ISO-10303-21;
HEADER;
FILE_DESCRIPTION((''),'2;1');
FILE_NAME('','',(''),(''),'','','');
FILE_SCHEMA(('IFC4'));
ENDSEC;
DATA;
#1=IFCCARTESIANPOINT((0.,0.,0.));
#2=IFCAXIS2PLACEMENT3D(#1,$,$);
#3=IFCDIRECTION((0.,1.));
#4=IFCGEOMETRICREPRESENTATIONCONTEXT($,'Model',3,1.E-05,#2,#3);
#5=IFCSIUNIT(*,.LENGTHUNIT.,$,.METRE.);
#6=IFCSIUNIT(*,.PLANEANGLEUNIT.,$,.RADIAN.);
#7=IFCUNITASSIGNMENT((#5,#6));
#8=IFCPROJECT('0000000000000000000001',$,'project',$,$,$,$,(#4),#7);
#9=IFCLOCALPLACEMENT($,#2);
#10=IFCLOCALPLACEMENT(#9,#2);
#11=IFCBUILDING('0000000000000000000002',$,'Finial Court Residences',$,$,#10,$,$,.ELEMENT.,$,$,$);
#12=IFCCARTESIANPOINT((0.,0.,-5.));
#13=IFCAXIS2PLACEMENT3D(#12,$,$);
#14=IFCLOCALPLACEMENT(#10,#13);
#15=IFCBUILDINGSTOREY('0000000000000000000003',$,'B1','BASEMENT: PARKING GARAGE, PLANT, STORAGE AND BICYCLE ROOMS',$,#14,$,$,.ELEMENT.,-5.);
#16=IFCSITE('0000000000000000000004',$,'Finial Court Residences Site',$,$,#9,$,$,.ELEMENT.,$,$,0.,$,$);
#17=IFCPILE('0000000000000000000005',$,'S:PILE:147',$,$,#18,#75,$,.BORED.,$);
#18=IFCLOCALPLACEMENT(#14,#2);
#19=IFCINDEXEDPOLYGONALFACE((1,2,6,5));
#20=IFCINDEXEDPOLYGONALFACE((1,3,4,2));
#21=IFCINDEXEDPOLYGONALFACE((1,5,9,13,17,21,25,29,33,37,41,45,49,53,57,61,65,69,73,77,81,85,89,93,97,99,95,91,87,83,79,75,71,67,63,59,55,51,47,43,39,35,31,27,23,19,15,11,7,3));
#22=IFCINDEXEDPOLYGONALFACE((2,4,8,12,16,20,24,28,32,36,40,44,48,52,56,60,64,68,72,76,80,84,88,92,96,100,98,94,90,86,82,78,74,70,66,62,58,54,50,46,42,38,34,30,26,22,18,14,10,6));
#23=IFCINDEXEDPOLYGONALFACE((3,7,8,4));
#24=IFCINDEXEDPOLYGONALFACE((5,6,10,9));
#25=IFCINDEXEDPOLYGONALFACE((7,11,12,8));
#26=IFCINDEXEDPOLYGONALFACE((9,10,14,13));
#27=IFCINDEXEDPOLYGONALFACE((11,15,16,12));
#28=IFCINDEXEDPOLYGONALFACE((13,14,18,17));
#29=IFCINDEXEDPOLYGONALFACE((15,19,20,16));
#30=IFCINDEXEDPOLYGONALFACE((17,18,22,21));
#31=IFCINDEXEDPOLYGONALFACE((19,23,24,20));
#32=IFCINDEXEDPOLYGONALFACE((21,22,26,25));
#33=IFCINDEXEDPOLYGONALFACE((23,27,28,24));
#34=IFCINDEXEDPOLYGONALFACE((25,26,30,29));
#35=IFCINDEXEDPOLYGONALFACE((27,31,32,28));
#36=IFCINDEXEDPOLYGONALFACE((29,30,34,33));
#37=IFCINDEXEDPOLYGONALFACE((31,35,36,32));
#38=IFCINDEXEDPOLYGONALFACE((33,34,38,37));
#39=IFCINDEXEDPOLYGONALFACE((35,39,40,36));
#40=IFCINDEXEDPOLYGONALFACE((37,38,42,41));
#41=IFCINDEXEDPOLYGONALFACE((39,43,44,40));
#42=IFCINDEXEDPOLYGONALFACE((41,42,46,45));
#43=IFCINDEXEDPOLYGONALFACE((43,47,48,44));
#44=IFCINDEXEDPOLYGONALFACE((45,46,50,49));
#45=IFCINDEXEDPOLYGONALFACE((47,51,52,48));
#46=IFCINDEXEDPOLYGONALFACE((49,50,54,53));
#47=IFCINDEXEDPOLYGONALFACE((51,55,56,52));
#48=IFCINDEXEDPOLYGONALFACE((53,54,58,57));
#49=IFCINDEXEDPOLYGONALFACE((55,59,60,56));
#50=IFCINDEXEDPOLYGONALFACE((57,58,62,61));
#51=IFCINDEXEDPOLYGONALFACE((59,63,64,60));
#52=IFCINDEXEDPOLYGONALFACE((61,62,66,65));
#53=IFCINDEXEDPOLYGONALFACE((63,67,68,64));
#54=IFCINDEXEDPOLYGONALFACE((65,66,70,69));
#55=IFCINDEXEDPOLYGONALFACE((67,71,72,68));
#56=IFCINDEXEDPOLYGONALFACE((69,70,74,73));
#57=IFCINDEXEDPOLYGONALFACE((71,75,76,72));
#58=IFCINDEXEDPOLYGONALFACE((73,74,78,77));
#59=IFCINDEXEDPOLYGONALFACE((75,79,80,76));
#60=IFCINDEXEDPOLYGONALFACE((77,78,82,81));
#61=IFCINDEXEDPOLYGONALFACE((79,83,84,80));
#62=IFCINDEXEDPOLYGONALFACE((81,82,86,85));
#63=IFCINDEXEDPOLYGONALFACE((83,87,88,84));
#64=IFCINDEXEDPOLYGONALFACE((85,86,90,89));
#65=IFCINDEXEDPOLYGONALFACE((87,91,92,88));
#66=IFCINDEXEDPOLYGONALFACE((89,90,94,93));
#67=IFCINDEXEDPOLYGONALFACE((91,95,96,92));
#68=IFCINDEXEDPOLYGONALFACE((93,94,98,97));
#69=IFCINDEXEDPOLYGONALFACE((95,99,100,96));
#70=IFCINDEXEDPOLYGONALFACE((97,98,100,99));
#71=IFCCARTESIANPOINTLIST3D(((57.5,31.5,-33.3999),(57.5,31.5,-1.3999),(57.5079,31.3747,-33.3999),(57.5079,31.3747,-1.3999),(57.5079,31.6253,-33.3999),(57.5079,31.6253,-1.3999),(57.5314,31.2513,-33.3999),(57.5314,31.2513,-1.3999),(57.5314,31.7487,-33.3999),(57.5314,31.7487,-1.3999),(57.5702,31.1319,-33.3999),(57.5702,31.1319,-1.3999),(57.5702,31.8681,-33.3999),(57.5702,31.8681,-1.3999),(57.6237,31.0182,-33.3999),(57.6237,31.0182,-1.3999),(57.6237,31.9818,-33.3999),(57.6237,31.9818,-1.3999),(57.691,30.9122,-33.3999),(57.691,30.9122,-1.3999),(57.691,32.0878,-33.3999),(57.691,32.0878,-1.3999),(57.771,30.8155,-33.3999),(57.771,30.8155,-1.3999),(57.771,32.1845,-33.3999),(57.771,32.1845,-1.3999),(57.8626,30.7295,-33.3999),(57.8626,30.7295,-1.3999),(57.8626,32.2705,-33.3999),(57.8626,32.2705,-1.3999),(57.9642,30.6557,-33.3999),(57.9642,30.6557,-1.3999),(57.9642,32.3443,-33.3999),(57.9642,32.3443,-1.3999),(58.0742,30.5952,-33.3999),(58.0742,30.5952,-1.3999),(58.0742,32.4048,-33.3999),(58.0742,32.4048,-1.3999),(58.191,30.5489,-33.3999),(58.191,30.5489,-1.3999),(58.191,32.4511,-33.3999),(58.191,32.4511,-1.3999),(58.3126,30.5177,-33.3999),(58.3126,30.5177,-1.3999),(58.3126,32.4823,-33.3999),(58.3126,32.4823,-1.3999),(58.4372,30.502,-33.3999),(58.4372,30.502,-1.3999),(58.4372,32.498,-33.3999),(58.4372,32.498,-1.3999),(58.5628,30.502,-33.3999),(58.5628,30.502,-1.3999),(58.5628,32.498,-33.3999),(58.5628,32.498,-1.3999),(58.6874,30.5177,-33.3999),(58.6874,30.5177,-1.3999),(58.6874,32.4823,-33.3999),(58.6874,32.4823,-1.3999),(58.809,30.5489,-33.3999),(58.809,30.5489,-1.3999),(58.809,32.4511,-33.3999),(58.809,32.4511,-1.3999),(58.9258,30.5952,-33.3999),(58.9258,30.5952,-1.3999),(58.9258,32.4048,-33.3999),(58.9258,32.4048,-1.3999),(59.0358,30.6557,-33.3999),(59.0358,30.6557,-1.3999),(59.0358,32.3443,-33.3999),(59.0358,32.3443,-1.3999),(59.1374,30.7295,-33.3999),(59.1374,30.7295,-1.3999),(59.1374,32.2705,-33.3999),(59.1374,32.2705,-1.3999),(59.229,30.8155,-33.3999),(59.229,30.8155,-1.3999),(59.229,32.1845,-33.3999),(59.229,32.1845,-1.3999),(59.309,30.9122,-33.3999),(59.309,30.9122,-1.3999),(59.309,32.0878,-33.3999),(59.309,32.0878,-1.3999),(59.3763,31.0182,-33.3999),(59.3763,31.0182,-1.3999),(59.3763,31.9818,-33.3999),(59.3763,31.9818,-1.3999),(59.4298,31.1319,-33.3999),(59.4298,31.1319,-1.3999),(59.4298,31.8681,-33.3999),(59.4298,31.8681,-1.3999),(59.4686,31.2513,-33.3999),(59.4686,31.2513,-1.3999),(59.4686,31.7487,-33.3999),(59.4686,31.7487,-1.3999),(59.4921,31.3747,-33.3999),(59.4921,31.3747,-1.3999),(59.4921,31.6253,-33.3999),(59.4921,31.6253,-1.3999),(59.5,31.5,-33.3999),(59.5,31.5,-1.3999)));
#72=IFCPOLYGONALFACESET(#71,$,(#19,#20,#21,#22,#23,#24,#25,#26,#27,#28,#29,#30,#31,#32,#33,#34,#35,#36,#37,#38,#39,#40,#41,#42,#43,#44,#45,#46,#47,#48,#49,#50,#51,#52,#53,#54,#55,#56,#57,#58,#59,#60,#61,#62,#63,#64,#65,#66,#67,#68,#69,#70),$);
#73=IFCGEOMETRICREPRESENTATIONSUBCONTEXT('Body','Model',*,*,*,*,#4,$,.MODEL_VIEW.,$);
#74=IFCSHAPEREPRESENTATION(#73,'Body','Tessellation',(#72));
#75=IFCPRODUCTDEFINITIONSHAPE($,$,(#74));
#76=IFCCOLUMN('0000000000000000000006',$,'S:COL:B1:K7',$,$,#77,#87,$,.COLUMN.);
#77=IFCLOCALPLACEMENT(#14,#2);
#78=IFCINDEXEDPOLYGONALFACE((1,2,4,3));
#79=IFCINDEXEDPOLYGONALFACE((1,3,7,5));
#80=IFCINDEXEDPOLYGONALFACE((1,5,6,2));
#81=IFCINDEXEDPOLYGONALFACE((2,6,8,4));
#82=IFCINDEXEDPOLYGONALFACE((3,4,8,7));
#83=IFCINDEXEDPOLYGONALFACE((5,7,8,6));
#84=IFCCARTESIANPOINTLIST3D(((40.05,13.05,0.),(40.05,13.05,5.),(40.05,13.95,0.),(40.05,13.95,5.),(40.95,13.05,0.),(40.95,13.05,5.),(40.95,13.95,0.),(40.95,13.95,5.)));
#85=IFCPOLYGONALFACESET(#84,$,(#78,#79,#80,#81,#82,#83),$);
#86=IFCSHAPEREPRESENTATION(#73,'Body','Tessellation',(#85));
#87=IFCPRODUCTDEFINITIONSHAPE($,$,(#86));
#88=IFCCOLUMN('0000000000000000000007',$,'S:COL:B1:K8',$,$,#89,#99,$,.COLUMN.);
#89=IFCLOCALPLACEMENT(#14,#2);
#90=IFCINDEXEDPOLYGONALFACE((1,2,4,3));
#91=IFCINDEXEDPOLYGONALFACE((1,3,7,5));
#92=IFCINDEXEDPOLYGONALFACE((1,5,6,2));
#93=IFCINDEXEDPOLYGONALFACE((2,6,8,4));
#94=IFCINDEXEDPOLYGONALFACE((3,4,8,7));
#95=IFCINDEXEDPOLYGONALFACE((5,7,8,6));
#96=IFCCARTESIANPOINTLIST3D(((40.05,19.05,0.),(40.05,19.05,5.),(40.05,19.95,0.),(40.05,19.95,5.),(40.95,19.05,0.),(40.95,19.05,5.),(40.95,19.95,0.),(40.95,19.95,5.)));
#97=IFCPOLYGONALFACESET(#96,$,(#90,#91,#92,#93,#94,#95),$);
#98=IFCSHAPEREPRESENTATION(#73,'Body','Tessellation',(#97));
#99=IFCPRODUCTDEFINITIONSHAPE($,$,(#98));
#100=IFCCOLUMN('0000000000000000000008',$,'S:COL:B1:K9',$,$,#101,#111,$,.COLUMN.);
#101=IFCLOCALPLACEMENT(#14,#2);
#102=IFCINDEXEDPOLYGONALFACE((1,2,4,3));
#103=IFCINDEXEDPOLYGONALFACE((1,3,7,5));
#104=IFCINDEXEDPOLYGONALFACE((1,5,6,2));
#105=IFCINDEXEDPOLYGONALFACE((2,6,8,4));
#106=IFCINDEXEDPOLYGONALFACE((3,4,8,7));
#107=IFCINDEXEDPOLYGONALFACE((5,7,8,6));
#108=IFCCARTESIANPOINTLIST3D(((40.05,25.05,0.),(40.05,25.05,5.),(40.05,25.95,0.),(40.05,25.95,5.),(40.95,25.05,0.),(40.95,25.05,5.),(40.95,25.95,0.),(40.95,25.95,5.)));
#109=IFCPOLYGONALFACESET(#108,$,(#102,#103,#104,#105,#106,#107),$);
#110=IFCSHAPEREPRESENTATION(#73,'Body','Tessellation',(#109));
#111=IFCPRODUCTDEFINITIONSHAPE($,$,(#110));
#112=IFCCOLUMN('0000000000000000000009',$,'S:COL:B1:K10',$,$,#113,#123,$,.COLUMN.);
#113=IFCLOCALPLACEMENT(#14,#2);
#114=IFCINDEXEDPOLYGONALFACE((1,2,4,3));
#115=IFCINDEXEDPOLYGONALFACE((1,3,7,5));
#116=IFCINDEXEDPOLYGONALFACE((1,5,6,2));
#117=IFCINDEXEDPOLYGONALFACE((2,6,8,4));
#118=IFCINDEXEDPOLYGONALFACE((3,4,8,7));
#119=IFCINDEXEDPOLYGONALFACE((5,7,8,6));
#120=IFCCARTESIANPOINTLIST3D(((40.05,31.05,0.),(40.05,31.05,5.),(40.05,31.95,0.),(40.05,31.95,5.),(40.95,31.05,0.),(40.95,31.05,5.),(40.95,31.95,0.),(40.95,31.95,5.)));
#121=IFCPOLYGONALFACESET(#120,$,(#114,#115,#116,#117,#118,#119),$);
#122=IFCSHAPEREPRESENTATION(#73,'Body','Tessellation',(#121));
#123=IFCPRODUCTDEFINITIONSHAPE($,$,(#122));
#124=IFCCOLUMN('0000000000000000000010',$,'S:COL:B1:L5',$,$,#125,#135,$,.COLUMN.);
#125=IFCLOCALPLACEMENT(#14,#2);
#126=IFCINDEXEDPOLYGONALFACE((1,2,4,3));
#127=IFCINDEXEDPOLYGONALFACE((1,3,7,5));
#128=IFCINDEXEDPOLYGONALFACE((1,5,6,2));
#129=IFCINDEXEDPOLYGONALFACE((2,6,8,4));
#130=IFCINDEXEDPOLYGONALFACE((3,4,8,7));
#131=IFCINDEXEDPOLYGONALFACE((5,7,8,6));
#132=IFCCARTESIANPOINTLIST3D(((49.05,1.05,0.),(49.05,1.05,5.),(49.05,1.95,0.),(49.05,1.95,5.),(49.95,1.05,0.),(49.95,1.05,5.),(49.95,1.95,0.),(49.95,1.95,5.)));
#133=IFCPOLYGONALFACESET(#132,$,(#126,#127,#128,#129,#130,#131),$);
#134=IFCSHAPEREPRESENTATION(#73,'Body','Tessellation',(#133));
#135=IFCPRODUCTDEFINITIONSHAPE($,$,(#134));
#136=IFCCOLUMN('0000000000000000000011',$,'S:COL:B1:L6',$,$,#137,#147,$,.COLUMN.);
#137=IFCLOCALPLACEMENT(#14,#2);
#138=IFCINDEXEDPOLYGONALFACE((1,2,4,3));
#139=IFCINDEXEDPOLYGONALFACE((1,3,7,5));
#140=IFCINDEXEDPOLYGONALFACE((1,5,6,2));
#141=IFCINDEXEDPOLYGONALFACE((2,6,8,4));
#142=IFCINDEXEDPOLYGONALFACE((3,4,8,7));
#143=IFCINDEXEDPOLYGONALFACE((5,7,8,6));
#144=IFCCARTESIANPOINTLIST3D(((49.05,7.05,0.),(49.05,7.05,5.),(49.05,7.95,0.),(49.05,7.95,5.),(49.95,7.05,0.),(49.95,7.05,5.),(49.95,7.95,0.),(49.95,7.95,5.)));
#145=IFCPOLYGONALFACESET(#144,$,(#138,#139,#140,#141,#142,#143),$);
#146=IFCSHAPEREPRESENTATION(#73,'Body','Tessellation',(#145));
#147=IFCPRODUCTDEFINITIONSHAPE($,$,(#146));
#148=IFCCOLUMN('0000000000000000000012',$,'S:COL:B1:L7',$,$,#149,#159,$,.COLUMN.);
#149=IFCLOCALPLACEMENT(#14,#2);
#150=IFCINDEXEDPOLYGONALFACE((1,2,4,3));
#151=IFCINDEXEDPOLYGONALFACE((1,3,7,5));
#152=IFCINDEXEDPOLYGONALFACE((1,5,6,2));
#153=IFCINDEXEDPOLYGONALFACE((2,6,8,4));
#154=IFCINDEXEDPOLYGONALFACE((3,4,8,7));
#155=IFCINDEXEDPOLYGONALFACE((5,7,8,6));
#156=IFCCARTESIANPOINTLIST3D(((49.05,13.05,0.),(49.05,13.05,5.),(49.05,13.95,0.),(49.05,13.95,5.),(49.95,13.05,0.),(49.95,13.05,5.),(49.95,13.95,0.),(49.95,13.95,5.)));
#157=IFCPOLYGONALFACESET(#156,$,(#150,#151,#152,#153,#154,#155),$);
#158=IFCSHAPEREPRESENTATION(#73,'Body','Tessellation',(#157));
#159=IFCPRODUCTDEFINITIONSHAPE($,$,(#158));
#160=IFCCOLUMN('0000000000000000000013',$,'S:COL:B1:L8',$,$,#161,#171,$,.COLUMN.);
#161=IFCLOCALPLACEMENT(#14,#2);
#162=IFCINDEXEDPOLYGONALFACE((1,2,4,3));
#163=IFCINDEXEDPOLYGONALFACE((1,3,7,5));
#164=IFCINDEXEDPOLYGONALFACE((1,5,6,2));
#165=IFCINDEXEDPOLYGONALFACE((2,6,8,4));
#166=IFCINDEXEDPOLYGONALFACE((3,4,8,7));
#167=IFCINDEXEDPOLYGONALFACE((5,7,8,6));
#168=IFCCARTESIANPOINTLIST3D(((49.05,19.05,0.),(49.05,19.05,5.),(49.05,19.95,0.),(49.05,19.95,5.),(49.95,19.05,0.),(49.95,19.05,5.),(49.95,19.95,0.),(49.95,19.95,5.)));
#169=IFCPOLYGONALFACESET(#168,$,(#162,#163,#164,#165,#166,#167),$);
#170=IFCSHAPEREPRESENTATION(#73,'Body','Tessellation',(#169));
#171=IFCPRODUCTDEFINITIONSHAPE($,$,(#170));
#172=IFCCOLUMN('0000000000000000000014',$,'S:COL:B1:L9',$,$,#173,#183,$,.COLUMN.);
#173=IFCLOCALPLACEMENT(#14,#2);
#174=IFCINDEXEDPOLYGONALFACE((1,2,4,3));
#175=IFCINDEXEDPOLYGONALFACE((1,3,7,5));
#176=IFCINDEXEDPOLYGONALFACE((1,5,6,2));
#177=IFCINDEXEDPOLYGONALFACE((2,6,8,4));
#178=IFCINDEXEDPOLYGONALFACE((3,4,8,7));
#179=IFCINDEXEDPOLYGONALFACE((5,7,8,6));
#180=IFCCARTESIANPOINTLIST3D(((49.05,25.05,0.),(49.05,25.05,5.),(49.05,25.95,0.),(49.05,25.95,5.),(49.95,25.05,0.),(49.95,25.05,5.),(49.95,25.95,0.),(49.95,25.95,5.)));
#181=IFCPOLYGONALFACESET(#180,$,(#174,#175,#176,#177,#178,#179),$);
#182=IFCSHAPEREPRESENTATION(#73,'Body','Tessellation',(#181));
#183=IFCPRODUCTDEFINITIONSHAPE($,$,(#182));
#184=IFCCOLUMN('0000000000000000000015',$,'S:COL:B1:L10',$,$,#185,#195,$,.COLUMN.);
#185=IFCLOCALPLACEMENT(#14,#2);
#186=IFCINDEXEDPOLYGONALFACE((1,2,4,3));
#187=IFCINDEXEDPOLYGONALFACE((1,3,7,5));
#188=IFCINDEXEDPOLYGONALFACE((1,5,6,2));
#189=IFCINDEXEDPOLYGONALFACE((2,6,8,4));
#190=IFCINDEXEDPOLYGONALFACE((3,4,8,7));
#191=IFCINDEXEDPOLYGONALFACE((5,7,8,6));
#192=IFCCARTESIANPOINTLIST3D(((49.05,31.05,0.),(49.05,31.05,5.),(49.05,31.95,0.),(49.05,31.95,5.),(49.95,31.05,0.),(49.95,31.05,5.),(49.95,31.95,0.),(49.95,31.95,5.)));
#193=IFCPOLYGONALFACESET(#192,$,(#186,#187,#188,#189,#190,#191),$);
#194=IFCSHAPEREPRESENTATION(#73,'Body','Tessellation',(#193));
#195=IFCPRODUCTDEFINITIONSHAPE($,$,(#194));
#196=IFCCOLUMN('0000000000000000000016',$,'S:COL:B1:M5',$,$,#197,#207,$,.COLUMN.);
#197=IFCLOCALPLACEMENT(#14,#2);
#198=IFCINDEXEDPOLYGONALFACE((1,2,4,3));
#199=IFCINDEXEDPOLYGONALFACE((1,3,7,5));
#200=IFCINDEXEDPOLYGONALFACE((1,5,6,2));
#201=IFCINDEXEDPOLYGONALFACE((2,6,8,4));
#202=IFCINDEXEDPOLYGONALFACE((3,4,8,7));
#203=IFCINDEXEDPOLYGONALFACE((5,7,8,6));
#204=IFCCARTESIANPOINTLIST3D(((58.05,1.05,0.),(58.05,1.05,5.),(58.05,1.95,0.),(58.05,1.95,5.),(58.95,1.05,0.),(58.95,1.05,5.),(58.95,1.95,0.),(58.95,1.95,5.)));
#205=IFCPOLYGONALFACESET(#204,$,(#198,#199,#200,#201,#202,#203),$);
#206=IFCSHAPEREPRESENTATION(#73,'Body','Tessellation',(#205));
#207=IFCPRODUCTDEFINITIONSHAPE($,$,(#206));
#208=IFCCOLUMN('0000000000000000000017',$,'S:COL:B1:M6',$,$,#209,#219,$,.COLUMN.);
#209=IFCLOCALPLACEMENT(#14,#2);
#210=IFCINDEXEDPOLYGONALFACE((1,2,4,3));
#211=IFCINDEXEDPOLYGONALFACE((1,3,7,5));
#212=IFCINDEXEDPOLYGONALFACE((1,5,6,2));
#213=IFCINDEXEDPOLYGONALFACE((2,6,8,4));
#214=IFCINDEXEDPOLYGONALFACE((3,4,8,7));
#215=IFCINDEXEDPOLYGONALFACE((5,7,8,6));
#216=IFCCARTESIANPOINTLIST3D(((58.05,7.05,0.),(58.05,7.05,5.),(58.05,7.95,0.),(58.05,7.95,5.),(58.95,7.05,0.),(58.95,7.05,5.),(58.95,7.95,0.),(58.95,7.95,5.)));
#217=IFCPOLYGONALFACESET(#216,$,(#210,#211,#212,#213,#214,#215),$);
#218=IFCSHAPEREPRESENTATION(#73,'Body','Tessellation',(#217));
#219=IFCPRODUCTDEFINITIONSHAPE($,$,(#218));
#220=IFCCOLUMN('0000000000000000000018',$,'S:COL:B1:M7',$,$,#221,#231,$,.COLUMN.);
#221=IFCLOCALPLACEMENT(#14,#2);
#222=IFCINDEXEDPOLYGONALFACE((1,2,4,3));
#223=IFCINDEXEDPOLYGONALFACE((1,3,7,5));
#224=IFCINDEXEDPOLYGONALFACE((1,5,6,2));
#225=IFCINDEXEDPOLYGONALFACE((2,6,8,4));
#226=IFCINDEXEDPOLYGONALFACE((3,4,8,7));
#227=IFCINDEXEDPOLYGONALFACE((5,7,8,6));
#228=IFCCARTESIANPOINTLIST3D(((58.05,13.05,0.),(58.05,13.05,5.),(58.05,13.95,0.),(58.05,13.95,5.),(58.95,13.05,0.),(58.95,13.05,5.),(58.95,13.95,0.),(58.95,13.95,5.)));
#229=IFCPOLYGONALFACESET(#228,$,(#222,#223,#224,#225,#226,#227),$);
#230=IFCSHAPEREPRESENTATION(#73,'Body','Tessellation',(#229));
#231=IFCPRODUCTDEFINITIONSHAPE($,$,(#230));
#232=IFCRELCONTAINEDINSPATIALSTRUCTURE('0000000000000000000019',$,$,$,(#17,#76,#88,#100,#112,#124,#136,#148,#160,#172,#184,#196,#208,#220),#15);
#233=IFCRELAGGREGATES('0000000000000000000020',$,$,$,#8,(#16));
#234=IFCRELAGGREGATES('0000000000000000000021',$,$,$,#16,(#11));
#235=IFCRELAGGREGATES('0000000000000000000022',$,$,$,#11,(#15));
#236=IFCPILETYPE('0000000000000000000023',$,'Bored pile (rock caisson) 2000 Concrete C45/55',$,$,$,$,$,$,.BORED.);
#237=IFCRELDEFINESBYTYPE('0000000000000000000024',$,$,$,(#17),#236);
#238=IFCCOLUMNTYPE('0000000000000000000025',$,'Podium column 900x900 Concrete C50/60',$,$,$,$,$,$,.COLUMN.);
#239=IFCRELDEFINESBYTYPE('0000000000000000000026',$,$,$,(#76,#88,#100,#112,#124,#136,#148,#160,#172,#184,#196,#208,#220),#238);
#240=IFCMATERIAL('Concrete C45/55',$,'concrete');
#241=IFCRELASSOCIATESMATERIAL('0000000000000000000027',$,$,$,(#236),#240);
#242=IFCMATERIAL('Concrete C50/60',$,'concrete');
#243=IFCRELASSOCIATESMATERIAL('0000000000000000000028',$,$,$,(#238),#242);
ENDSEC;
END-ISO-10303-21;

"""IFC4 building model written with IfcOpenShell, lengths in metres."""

from ifc_helpers import new_model, si_unit, direction, frame, origin, origin_2d, place, context, subcontext, project, spatial, rectangle, circle, extrude, material, material_profile, profile_set, type_object, element, save


model = new_model("IFC4")

# Units and contexts
model_context = context("Model", 3, precision=1e-05, world=origin(), true_north=direction((0.0, 1.0)))
body_context = subcontext(model_context, "Body", "Model", "MODEL_VIEW")
ifc_project = project(units=[si_unit("LENGTHUNIT", "METRE"), si_unit("PLANEANGLEUNIT", "RADIAN")], contexts=[model_context])

# Site, building, storey
site_placement = place(None, origin())
site = spatial("IfcSite", under=ifc_project, at=site_placement, Name="Finial Court Residences Site", CompositionType="ELEMENT", RefElevation=0.0)
building_placement = place(site_placement, origin())
building = spatial("IfcBuilding", under=site, at=building_placement, Name="Finial Court Residences", CompositionType="ELEMENT")
storey_placement = place(building_placement, frame((0.0, 0.0, -5.0)))
storey = spatial("IfcBuildingStorey", under=building, at=storey_placement, Name="B1", Description="BASEMENT: PARKING GARAGE, PLANT, STORAGE AND BICYCLE ROOMS", CompositionType="ELEMENT", Elevation=-5.0)

# Pile
ifc_material_1 = material(Name="Concrete C45/55", Category="concrete")
ifc_material_profile_1 = material_profile(ifc_material_1, circle(Radius=1.0, at=origin_2d()), Name="D2000")
ifc_profile_set_1 = profile_set([ifc_material_profile_1], Name="Concrete C45/55")
pile_type = type_object("IfcPileType", Name="Bored pile (rock caisson) 2000 Concrete C45/55", PredefinedType="BORED", material=ifc_profile_set_1)
for number, where, z_axis, x_axis, name in (
    (1, (58.5, 31.5, -1.3999), (0.0, 0.0, -1.0), (1.0, 0.0, 0.0), "S:PILE:147"),
):
    element("IfcPile", number, at=place(storey_placement, frame(where, z_axis=z_axis, x_axis=x_axis)), inside=storey, type_object=pile_type, Name=name, PredefinedType="BORED", context=body_context, shape_type="SweptSolid", body=[
        extrude(circle(Radius=1.0, at=origin_2d()), origin(), (0.0, 0.0, 1.0), 32.0),
    ])

# Columns
ifc_material_2 = material(Name="Concrete C50/60", Category="concrete")
ifc_material_profile_2 = material_profile(ifc_material_2, rectangle(XDim=0.8999, YDim=0.8999, at=origin_2d()), Name="900x900")
ifc_profile_set_2 = profile_set([ifc_material_profile_2], Name="Concrete C50/60")
column_type = type_object("IfcColumnType", Name="Podium column 900x900 Concrete C50/60", PredefinedType="COLUMN", material=ifc_profile_set_2)
for number, where, z_axis, x_axis, name in (
    (2, (40.5, 13.5, 0.0), (0.0, 0.0, 1.0), (1.0, 0.0, 0.0), "S:COL:B1:K7"),
    (3, (40.5, 19.5, 0.0), (0.0, 0.0, 1.0), (1.0, 0.0, 0.0), "S:COL:B1:K8"),
    (4, (40.5, 25.5, 0.0), (0.0, 0.0, 1.0), (1.0, 0.0, 0.0), "S:COL:B1:K9"),
    (5, (40.5, 31.5, 0.0), (0.0, 0.0, 1.0), (1.0, 0.0, 0.0), "S:COL:B1:K10"),
    (6, (49.5, 1.5, 0.0), (0.0, 0.0, 1.0), (1.0, 0.0, 0.0), "S:COL:B1:L5"),
    (7, (49.5, 7.5, 0.0), (0.0, 0.0, 1.0), (1.0, 0.0, 0.0), "S:COL:B1:L6"),
    (8, (49.5, 13.5, 0.0), (0.0, 0.0, 1.0), (1.0, 0.0, 0.0), "S:COL:B1:L7"),
    (9, (49.5, 19.5, 0.0), (0.0, 0.0, 1.0), (1.0, 0.0, 0.0), "S:COL:B1:L8"),
    (10, (49.5, 25.5, 0.0), (0.0, 0.0, 1.0), (1.0, 0.0, 0.0), "S:COL:B1:L9"),
    (11, (49.5, 31.5, 0.0), (0.0, 0.0, 1.0), (1.0, 0.0, 0.0), "S:COL:B1:L10"),
    (12, (58.5, 1.5, 0.0), (0.0, 0.0, 1.0), (1.0, 0.0, 0.0), "S:COL:B1:M5"),
    (13, (58.5, 7.5, 0.0), (0.0, 0.0, 1.0), (1.0, 0.0, 0.0), "S:COL:B1:M6"),
    (14, (58.5, 13.5, 0.0), (0.0, 0.0, 1.0), (1.0, 0.0, 0.0), "S:COL:B1:M7"),
):
    element("IfcColumn", number, at=place(storey_placement, frame(where, z_axis=z_axis, x_axis=x_axis)), inside=storey, type_object=column_type, Name=name, PredefinedType="COLUMN", context=body_context, shape_type="SweptSolid", body=[
        extrude(rectangle(XDim=0.8999, YDim=0.8999, at=origin_2d()), origin(), (0.0, 0.0, 1.0), 5.0),
    ])

save(model, "model.ifc")
